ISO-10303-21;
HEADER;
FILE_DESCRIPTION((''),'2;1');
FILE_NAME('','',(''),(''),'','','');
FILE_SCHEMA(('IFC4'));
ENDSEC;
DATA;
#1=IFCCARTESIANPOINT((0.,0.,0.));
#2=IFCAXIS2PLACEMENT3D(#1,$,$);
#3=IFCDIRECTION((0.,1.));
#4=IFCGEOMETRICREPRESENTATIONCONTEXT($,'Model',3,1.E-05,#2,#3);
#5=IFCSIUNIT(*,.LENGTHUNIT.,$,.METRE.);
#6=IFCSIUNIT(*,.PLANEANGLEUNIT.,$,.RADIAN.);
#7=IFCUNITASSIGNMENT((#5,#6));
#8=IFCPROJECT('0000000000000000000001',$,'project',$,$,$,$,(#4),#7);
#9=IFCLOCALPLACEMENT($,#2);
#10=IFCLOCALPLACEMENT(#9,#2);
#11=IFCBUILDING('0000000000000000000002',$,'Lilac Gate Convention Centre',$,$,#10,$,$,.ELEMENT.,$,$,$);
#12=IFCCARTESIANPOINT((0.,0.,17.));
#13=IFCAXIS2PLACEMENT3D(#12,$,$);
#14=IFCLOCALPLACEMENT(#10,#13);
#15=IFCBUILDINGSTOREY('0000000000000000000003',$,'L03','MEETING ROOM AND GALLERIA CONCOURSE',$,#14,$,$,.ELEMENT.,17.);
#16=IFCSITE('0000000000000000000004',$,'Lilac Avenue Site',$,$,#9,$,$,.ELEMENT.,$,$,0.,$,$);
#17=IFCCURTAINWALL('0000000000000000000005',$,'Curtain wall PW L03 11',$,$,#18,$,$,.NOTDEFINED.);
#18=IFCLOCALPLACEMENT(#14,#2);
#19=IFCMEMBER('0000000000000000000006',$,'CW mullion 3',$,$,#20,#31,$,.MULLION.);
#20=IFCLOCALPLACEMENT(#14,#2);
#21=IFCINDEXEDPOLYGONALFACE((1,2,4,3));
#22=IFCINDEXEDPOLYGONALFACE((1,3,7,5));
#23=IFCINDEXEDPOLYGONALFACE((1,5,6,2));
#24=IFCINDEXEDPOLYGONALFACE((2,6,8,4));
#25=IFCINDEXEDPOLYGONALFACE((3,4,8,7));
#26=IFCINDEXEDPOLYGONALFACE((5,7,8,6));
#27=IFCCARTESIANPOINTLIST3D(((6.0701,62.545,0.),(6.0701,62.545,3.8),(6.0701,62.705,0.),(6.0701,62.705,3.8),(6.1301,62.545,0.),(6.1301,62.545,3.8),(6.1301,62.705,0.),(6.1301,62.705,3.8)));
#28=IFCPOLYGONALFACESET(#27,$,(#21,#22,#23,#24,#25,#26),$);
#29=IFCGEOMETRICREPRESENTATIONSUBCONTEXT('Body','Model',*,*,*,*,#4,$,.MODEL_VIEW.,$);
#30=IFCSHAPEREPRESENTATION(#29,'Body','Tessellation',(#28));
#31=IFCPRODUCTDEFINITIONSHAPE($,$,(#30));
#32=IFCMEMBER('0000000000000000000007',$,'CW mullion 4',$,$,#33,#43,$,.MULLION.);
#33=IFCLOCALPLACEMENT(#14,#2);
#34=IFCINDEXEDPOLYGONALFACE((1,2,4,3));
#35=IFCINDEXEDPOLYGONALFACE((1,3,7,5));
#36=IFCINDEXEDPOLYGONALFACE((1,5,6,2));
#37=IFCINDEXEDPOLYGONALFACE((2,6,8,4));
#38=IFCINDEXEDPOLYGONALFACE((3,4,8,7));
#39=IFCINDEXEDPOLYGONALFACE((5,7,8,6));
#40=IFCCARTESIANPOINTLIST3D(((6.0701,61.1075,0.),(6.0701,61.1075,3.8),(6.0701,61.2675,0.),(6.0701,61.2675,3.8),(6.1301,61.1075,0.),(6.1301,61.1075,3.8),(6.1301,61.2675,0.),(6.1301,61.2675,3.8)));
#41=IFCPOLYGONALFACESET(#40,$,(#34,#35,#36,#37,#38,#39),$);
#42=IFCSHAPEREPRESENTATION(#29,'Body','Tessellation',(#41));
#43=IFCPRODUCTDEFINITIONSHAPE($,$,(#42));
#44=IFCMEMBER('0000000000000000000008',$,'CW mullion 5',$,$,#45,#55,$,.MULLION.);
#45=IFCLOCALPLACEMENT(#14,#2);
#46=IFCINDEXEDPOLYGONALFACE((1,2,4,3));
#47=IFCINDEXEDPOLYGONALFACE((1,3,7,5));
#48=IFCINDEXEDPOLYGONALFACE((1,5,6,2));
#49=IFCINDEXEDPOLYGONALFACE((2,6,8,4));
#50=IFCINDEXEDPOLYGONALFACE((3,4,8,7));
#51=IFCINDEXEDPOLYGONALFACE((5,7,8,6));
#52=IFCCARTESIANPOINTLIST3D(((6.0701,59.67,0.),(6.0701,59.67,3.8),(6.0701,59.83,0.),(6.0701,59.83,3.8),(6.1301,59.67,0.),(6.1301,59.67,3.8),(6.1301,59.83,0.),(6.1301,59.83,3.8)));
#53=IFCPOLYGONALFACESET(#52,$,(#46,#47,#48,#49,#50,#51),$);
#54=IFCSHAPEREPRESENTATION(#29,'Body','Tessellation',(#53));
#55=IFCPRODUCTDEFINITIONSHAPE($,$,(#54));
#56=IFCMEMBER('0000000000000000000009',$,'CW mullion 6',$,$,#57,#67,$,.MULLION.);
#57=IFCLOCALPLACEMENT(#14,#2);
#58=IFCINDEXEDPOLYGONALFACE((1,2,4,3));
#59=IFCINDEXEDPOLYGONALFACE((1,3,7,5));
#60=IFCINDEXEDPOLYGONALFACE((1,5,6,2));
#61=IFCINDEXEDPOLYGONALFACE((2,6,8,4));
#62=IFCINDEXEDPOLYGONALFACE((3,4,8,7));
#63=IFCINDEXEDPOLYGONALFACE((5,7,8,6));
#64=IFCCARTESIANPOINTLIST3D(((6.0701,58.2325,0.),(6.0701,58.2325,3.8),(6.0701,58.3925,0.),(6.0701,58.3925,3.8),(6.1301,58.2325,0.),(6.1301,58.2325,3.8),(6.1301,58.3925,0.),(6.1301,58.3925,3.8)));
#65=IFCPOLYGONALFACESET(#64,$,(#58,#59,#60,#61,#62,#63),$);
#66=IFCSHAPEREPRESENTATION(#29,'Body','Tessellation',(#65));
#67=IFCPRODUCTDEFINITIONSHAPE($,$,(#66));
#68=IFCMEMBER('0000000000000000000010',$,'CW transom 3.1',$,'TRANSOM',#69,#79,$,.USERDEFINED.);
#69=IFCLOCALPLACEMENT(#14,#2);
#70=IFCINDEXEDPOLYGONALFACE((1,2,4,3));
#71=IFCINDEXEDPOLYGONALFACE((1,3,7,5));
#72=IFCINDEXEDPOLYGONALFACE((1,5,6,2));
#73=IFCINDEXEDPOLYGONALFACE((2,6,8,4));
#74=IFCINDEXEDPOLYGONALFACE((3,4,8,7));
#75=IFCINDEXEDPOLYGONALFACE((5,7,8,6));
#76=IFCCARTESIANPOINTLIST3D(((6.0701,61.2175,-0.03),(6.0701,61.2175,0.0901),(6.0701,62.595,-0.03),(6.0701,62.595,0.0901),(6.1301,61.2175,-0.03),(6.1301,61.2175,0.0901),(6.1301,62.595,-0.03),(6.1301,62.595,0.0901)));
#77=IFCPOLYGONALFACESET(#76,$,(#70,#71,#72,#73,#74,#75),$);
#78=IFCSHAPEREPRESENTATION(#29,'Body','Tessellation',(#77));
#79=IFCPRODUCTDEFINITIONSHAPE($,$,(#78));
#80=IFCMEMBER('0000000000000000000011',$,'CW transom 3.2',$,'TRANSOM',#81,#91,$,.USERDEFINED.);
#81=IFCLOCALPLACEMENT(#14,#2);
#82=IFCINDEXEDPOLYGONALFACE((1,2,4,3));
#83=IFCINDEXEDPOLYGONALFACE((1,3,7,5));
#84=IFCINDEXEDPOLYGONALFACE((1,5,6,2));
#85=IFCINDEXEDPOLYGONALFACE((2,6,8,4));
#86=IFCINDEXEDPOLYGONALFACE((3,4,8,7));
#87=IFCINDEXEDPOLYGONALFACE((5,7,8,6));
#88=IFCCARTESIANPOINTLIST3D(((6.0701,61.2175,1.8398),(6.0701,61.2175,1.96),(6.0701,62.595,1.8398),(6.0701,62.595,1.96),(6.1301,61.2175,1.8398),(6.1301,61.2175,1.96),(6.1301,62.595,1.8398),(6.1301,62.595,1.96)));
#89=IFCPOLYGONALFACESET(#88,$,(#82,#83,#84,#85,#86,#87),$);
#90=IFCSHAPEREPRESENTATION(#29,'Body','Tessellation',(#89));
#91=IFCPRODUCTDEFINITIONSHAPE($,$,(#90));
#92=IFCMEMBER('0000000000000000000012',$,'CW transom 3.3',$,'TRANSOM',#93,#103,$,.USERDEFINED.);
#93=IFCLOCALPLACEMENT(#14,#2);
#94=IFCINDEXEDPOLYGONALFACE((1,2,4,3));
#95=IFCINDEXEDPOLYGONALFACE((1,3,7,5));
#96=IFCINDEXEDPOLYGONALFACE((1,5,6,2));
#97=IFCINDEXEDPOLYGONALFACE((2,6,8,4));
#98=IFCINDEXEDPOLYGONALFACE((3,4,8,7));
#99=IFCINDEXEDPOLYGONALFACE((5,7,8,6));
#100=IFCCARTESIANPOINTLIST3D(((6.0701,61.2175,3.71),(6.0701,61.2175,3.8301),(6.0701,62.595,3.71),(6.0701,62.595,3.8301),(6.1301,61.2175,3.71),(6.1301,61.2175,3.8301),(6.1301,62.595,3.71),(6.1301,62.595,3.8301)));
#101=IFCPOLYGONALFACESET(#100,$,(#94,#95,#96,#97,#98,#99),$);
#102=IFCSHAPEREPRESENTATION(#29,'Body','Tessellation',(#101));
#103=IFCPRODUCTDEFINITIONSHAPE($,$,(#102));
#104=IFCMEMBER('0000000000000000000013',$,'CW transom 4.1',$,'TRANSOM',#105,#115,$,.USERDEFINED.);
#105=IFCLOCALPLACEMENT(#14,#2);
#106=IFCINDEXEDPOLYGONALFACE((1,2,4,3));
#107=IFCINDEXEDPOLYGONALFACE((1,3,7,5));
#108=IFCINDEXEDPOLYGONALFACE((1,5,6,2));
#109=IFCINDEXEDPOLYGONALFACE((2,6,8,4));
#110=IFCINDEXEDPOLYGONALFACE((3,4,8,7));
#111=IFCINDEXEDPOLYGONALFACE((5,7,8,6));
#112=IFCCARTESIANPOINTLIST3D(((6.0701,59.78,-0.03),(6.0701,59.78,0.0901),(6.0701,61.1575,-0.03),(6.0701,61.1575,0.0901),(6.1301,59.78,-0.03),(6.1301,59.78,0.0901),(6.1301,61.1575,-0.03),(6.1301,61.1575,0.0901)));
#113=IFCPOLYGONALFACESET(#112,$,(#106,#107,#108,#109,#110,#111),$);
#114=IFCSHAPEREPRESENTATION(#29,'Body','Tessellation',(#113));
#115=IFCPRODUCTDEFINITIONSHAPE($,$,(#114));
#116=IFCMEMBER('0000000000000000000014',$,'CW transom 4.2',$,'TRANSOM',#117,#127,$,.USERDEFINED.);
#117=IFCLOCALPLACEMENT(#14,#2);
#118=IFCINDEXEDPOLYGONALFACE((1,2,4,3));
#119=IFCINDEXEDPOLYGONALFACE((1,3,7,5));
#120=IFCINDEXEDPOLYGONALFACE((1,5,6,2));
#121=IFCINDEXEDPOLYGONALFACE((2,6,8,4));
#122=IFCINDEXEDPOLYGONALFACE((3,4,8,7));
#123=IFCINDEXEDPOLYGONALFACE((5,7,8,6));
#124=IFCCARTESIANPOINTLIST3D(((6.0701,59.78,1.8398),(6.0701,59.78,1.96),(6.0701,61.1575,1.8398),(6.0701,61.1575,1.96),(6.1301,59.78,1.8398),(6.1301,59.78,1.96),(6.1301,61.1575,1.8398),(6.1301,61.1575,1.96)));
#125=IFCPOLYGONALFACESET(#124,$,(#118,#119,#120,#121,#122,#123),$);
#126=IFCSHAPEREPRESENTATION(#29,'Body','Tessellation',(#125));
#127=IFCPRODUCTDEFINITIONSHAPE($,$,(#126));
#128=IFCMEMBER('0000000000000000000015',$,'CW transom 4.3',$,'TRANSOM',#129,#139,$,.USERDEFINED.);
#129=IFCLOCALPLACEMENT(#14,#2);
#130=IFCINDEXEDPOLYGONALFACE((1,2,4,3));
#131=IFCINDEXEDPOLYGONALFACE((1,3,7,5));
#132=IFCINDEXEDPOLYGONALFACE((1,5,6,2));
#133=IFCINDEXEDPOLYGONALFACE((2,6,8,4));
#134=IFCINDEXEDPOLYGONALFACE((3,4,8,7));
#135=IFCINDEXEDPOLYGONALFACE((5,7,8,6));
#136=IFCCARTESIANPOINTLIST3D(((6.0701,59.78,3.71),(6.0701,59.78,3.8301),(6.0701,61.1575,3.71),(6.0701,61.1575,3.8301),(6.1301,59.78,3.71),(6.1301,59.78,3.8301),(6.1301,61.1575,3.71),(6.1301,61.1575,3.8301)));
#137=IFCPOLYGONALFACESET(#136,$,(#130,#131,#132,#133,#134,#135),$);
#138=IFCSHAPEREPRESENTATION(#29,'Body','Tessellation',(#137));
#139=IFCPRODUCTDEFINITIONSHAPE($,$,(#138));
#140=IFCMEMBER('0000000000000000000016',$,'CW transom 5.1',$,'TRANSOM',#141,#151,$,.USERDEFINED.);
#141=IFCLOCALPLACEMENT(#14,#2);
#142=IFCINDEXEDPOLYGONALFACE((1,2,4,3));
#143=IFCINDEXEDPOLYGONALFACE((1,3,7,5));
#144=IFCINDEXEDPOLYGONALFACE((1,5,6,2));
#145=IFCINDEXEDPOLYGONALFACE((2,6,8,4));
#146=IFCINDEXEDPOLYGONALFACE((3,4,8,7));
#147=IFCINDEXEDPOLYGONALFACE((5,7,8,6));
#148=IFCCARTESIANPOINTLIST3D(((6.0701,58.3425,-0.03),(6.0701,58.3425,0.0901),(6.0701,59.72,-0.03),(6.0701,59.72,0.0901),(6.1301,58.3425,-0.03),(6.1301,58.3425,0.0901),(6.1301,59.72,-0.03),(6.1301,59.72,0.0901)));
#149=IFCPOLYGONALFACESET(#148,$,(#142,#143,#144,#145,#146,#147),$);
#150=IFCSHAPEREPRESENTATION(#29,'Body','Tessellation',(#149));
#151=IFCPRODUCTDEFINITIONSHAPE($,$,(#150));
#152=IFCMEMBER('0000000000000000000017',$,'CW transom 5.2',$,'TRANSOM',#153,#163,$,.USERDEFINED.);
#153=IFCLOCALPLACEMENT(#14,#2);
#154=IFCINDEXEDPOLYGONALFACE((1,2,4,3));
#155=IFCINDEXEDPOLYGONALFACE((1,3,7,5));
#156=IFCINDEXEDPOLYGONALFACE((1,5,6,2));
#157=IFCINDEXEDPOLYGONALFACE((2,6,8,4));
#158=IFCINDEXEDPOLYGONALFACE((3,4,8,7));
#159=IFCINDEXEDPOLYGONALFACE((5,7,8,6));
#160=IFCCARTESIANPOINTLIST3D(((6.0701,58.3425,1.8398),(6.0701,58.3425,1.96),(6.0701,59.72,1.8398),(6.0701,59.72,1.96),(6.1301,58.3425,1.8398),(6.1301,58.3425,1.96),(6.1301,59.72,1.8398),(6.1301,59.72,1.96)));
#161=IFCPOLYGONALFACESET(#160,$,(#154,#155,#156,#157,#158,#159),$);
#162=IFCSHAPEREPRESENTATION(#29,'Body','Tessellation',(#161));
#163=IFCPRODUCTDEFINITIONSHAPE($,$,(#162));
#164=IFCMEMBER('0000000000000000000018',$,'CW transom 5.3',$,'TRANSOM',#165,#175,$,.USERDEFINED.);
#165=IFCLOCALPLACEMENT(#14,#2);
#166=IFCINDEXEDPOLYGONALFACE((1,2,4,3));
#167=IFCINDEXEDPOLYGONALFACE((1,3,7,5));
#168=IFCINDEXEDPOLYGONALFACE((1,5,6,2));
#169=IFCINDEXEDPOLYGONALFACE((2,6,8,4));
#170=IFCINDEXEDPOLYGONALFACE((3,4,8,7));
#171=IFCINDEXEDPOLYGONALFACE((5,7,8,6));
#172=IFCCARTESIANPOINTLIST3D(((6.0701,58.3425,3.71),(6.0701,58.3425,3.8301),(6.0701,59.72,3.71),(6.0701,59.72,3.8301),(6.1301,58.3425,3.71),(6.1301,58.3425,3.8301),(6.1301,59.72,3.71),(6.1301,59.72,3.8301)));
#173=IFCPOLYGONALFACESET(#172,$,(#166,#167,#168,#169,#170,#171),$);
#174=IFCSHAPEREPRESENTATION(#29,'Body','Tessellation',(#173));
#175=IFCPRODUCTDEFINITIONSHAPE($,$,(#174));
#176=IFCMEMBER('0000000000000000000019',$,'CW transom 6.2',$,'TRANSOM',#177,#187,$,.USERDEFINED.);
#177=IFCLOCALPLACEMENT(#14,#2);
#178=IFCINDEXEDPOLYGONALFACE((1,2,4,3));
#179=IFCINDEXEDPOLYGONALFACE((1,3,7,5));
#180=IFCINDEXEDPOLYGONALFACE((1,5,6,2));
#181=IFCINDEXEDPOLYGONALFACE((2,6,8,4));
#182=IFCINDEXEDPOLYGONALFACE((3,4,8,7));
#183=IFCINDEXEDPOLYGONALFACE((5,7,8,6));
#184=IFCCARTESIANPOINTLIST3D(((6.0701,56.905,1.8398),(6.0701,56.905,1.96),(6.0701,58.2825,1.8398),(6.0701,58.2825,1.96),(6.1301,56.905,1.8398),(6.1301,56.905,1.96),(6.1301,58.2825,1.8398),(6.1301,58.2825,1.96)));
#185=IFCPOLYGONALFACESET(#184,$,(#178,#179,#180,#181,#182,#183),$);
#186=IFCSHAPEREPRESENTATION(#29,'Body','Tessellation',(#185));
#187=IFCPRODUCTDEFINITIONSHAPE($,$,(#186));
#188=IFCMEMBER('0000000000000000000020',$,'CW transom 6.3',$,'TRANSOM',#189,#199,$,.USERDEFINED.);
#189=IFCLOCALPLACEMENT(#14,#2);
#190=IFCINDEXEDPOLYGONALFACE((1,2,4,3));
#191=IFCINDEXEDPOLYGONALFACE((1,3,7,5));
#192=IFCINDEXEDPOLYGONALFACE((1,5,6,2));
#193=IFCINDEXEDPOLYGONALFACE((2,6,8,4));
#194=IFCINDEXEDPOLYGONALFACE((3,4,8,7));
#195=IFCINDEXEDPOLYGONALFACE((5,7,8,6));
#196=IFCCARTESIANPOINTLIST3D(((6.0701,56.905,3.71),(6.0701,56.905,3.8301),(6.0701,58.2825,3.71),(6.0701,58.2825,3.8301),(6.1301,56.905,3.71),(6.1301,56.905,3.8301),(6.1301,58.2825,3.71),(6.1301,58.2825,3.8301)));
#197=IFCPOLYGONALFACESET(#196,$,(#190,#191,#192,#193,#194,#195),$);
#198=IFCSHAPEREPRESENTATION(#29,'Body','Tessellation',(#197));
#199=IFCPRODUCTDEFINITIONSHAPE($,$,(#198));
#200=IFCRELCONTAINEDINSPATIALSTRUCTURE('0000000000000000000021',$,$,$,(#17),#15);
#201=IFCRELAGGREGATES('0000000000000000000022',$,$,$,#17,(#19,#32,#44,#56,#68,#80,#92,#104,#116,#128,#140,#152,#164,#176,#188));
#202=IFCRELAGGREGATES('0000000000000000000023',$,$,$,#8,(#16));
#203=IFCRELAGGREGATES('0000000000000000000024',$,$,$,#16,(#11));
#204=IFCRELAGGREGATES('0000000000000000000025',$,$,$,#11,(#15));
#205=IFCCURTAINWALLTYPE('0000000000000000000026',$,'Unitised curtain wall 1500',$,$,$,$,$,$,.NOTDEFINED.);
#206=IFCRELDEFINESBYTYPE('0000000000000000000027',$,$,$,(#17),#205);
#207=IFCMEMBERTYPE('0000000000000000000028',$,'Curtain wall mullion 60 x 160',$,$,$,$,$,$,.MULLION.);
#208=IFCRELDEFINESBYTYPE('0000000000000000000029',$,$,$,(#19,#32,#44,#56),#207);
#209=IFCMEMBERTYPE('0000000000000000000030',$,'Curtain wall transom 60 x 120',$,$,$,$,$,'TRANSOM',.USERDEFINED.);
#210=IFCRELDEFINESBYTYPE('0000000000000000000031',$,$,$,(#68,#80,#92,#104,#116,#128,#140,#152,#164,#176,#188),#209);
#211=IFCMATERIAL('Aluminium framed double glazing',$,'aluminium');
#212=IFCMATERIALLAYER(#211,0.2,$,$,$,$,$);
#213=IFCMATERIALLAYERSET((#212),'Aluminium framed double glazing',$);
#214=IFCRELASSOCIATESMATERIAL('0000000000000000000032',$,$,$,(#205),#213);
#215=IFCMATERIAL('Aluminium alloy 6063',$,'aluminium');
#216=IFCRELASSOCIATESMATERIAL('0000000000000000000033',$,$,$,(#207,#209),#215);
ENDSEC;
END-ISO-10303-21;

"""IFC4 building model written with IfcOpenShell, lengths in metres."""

from ifc_helpers import new_model, si_unit, direction, frame, origin, origin_2d, place, context, subcontext, project, spatial, rectangle, extrude, material, layer, layer_set, material_profile, profile_set, type_object, element, aggregate, save


model = new_model("IFC4")

# Units and contexts
model_context = context("Model", 3, precision=1e-05, world=origin(), true_north=direction((0.0, 1.0)))
body_context = subcontext(model_context, "Body", "Model", "MODEL_VIEW")
ifc_project = project(units=[si_unit("LENGTHUNIT", "METRE"), si_unit("PLANEANGLEUNIT", "RADIAN")], contexts=[model_context])

# Site, building, storey
site_placement = place(None, origin())
site = spatial("IfcSite", under=ifc_project, at=site_placement, Name="Lilac Avenue Site", CompositionType="ELEMENT", RefElevation=0.0)
building_placement = place(site_placement, origin())
building = spatial("IfcBuilding", under=site, at=building_placement, Name="Lilac Gate Convention Centre", CompositionType="ELEMENT")
storey_placement = place(building_placement, frame((0.0, 0.0, 17.0)))
storey = spatial("IfcBuildingStorey", under=building, at=storey_placement, Name="L03", Description="MEETING ROOM AND GALLERIA CONCOURSE", CompositionType="ELEMENT", Elevation=17.0)

# Curtain wall, members
ifc_material_1 = material(Name="Aluminium framed double glazing", Category="aluminium")
ifc_layer_1 = layer(ifc_material_1, 0.2)
ifc_layer_set_1 = layer_set([ifc_layer_1], Name="Aluminium framed double glazing")
curtain_wall_type = type_object("IfcCurtainWallType", Name="Unitised curtain wall 1500", PredefinedType="NOTDEFINED", material=ifc_layer_set_1)
curtain_wall_placement = place(storey_placement, origin())
curtain_wall = element("IfcCurtainWall", 1, at=curtain_wall_placement, inside=storey, type_object=curtain_wall_type, Name="Curtain wall PW L03 11", PredefinedType="NOTDEFINED")
ifc_material_2 = material(Name="Aluminium alloy 6063", Category="aluminium")
ifc_material_profile_1 = material_profile(ifc_material_2, rectangle(XDim=0.0601, YDim=0.1599, at=origin_2d()), Name="Curtain wall mullion 60 x 160")
ifc_profile_set_1 = profile_set([ifc_material_profile_1], Name="Aluminium alloy 6063")
member_type_1 = type_object("IfcMemberType", Name="Curtain wall mullion 60 x 160", PredefinedType="MULLION", material=ifc_profile_set_1)
member_1_placement = place(storey_placement, frame((6.1001, 62.625, 0.0), z_axis=(0.0, 0.0, 1.0), x_axis=(1.0, 0.0, 0.0)))
member_1 = element("IfcMember", 2, at=member_1_placement, type_object=member_type_1, Name="CW mullion 3", PredefinedType="MULLION", context=body_context, shape_type="SweptSolid", body=[
    extrude(rectangle(XDim=0.0601, YDim=0.1599, at=origin_2d()), origin(), (0.0, 0.0, 1.0), 3.8),
])
member_2_placement = place(storey_placement, frame((6.1001, 61.1875, 0.0), z_axis=(0.0, 0.0, 1.0), x_axis=(1.0, 0.0, 0.0)))
member_2 = element("IfcMember", 3, at=member_2_placement, type_object=member_type_1, Name="CW mullion 4", PredefinedType="MULLION", context=body_context, shape_type="SweptSolid", body=[
    extrude(rectangle(XDim=0.0601, YDim=0.1599, at=origin_2d()), origin(), (0.0, 0.0, 1.0), 3.8),
])
member_3_placement = place(storey_placement, frame((6.1001, 59.75, 0.0), z_axis=(0.0, 0.0, 1.0), x_axis=(1.0, 0.0, 0.0)))
member_3 = element("IfcMember", 4, at=member_3_placement, type_object=member_type_1, Name="CW mullion 5", PredefinedType="MULLION", context=body_context, shape_type="SweptSolid", body=[
    extrude(rectangle(XDim=0.0601, YDim=0.1599, at=origin_2d()), origin(), (0.0, 0.0, 1.0), 3.8),
])
member_4_placement = place(storey_placement, frame((6.1001, 58.3125, 0.0), z_axis=(0.0, 0.0, 1.0), x_axis=(1.0, 0.0, 0.0)))
member_4 = element("IfcMember", 5, at=member_4_placement, type_object=member_type_1, Name="CW mullion 6", PredefinedType="MULLION", context=body_context, shape_type="SweptSolid", body=[
    extrude(rectangle(XDim=0.0601, YDim=0.1599, at=origin_2d()), origin(), (0.0, 0.0, 1.0), 3.8),
])
ifc_material_profile_2 = material_profile(ifc_material_2, rectangle(XDim=0.0601, YDim=0.1201, at=origin_2d()), Name="Curtain wall transom 60 x 120")
ifc_profile_set_2 = profile_set([ifc_material_profile_2], Name="Aluminium alloy 6063")
member_type_2 = type_object("IfcMemberType", Name="Curtain wall transom 60 x 120", ElementType="TRANSOM", PredefinedType="USERDEFINED", material=ifc_profile_set_2)
member_5_placement = place(storey_placement, frame((6.1001, 62.595, 0.03), z_axis=(0.0, -1.0, 0.0), x_axis=(1.0, 0.0, 0.0)))
member_5 = element("IfcMember", 6, at=member_5_placement, type_object=member_type_2, Name="CW transom 3.1", ObjectType="TRANSOM", PredefinedType="USERDEFINED", context=body_context, shape_type="SweptSolid", body=[
    extrude(rectangle(XDim=0.0601, YDim=0.1201, at=origin_2d()), origin(), (0.0, 0.0, 1.0), 1.3774),
])
member_6_placement = place(storey_placement, frame((6.1001, 62.595, 1.8999), z_axis=(0.0, -1.0, 0.0), x_axis=(1.0, 0.0, 0.0)))
member_6 = element("IfcMember", 7, at=member_6_placement, type_object=member_type_2, Name="CW transom 3.2", ObjectType="TRANSOM", PredefinedType="USERDEFINED", context=body_context, shape_type="SweptSolid", body=[
    extrude(rectangle(XDim=0.0601, YDim=0.1201, at=origin_2d()), origin(), (0.0, 0.0, 1.0), 1.3774),
])
member_7_placement = place(storey_placement, frame((6.1001, 62.595, 3.77), z_axis=(0.0, -1.0, 0.0), x_axis=(1.0, 0.0, 0.0)))
member_7 = element("IfcMember", 8, at=member_7_placement, type_object=member_type_2, Name="CW transom 3.3", ObjectType="TRANSOM", PredefinedType="USERDEFINED", context=body_context, shape_type="SweptSolid", body=[
    extrude(rectangle(XDim=0.0601, YDim=0.1201, at=origin_2d()), origin(), (0.0, 0.0, 1.0), 1.3774),
])
member_8_placement = place(storey_placement, frame((6.1001, 61.1575, 0.03), z_axis=(0.0, -1.0, 0.0), x_axis=(1.0, 0.0, 0.0)))
member_8 = element("IfcMember", 9, at=member_8_placement, type_object=member_type_2, Name="CW transom 4.1", ObjectType="TRANSOM", PredefinedType="USERDEFINED", context=body_context, shape_type="SweptSolid", body=[
    extrude(rectangle(XDim=0.0601, YDim=0.1201, at=origin_2d()), origin(), (0.0, 0.0, 1.0), 1.3774),
])
member_9_placement = place(storey_placement, frame((6.1001, 61.1575, 1.8999), z_axis=(0.0, -1.0, 0.0), x_axis=(1.0, 0.0, 0.0)))
member_9 = element("IfcMember", 10, at=member_9_placement, type_object=member_type_2, Name="CW transom 4.2", ObjectType="TRANSOM", PredefinedType="USERDEFINED", context=body_context, shape_type="SweptSolid", body=[
    extrude(rectangle(XDim=0.0601, YDim=0.1201, at=origin_2d()), origin(), (0.0, 0.0, 1.0), 1.3774),
])
member_10_placement = place(storey_placement, frame((6.1001, 61.1575, 3.77), z_axis=(0.0, -1.0, 0.0), x_axis=(1.0, 0.0, 0.0)))
member_10 = element("IfcMember", 11, at=member_10_placement, type_object=member_type_2, Name="CW transom 4.3", ObjectType="TRANSOM", PredefinedType="USERDEFINED", context=body_context, shape_type="SweptSolid", body=[
    extrude(rectangle(XDim=0.0601, YDim=0.1201, at=origin_2d()), origin(), (0.0, 0.0, 1.0), 1.3774),
])
member_11_placement = place(storey_placement, frame((6.1001, 59.72, 0.03), z_axis=(0.0, -1.0, 0.0), x_axis=(1.0, 0.0, 0.0)))
member_11 = element("IfcMember", 12, at=member_11_placement, type_object=member_type_2, Name="CW transom 5.1", ObjectType="TRANSOM", PredefinedType="USERDEFINED", context=body_context, shape_type="SweptSolid", body=[
    extrude(rectangle(XDim=0.0601, YDim=0.1201, at=origin_2d()), origin(), (0.0, 0.0, 1.0), 1.3774),
])
member_12_placement = place(storey_placement, frame((6.1001, 59.72, 1.8999), z_axis=(0.0, -1.0, 0.0), x_axis=(1.0, 0.0, 0.0)))
member_12 = element("IfcMember", 13, at=member_12_placement, type_object=member_type_2, Name="CW transom 5.2", ObjectType="TRANSOM", PredefinedType="USERDEFINED", context=body_context, shape_type="SweptSolid", body=[
    extrude(rectangle(XDim=0.0601, YDim=0.1201, at=origin_2d()), origin(), (0.0, 0.0, 1.0), 1.3774),
])
member_13_placement = place(storey_placement, frame((6.1001, 59.72, 3.77), z_axis=(0.0, -1.0, 0.0), x_axis=(1.0, 0.0, 0.0)))
member_13 = element("IfcMember", 14, at=member_13_placement, type_object=member_type_2, Name="CW transom 5.3", ObjectType="TRANSOM", PredefinedType="USERDEFINED", context=body_context, shape_type="SweptSolid", body=[
    extrude(rectangle(XDim=0.0601, YDim=0.1201, at=origin_2d()), origin(), (0.0, 0.0, 1.0), 1.3774),
])
member_14_placement = place(storey_placement, frame((6.1001, 58.2825, 1.8999), z_axis=(0.0, -1.0, 0.0), x_axis=(1.0, 0.0, 0.0)))
member_14 = element("IfcMember", 15, at=member_14_placement, type_object=member_type_2, Name="CW transom 6.2", ObjectType="TRANSOM", PredefinedType="USERDEFINED", context=body_context, shape_type="SweptSolid", body=[
    extrude(rectangle(XDim=0.0601, YDim=0.1201, at=origin_2d()), origin(), (0.0, 0.0, 1.0), 1.3774),
])
member_15_placement = place(storey_placement, frame((6.1001, 58.2825, 3.77), z_axis=(0.0, -1.0, 0.0), x_axis=(1.0, 0.0, 0.0)))
member_15 = element("IfcMember", 16, at=member_15_placement, type_object=member_type_2, Name="CW transom 6.3", ObjectType="TRANSOM", PredefinedType="USERDEFINED", context=body_context, shape_type="SweptSolid", body=[
    extrude(rectangle(XDim=0.0601, YDim=0.1201, at=origin_2d()), origin(), (0.0, 0.0, 1.0), 1.3774),
])
aggregate(curtain_wall, [member_1, member_2, member_3, member_4, member_5, member_6, member_7, member_8, member_9, member_10, member_11, member_12, member_13, member_14, member_15])

save(model, "model.ifc")
